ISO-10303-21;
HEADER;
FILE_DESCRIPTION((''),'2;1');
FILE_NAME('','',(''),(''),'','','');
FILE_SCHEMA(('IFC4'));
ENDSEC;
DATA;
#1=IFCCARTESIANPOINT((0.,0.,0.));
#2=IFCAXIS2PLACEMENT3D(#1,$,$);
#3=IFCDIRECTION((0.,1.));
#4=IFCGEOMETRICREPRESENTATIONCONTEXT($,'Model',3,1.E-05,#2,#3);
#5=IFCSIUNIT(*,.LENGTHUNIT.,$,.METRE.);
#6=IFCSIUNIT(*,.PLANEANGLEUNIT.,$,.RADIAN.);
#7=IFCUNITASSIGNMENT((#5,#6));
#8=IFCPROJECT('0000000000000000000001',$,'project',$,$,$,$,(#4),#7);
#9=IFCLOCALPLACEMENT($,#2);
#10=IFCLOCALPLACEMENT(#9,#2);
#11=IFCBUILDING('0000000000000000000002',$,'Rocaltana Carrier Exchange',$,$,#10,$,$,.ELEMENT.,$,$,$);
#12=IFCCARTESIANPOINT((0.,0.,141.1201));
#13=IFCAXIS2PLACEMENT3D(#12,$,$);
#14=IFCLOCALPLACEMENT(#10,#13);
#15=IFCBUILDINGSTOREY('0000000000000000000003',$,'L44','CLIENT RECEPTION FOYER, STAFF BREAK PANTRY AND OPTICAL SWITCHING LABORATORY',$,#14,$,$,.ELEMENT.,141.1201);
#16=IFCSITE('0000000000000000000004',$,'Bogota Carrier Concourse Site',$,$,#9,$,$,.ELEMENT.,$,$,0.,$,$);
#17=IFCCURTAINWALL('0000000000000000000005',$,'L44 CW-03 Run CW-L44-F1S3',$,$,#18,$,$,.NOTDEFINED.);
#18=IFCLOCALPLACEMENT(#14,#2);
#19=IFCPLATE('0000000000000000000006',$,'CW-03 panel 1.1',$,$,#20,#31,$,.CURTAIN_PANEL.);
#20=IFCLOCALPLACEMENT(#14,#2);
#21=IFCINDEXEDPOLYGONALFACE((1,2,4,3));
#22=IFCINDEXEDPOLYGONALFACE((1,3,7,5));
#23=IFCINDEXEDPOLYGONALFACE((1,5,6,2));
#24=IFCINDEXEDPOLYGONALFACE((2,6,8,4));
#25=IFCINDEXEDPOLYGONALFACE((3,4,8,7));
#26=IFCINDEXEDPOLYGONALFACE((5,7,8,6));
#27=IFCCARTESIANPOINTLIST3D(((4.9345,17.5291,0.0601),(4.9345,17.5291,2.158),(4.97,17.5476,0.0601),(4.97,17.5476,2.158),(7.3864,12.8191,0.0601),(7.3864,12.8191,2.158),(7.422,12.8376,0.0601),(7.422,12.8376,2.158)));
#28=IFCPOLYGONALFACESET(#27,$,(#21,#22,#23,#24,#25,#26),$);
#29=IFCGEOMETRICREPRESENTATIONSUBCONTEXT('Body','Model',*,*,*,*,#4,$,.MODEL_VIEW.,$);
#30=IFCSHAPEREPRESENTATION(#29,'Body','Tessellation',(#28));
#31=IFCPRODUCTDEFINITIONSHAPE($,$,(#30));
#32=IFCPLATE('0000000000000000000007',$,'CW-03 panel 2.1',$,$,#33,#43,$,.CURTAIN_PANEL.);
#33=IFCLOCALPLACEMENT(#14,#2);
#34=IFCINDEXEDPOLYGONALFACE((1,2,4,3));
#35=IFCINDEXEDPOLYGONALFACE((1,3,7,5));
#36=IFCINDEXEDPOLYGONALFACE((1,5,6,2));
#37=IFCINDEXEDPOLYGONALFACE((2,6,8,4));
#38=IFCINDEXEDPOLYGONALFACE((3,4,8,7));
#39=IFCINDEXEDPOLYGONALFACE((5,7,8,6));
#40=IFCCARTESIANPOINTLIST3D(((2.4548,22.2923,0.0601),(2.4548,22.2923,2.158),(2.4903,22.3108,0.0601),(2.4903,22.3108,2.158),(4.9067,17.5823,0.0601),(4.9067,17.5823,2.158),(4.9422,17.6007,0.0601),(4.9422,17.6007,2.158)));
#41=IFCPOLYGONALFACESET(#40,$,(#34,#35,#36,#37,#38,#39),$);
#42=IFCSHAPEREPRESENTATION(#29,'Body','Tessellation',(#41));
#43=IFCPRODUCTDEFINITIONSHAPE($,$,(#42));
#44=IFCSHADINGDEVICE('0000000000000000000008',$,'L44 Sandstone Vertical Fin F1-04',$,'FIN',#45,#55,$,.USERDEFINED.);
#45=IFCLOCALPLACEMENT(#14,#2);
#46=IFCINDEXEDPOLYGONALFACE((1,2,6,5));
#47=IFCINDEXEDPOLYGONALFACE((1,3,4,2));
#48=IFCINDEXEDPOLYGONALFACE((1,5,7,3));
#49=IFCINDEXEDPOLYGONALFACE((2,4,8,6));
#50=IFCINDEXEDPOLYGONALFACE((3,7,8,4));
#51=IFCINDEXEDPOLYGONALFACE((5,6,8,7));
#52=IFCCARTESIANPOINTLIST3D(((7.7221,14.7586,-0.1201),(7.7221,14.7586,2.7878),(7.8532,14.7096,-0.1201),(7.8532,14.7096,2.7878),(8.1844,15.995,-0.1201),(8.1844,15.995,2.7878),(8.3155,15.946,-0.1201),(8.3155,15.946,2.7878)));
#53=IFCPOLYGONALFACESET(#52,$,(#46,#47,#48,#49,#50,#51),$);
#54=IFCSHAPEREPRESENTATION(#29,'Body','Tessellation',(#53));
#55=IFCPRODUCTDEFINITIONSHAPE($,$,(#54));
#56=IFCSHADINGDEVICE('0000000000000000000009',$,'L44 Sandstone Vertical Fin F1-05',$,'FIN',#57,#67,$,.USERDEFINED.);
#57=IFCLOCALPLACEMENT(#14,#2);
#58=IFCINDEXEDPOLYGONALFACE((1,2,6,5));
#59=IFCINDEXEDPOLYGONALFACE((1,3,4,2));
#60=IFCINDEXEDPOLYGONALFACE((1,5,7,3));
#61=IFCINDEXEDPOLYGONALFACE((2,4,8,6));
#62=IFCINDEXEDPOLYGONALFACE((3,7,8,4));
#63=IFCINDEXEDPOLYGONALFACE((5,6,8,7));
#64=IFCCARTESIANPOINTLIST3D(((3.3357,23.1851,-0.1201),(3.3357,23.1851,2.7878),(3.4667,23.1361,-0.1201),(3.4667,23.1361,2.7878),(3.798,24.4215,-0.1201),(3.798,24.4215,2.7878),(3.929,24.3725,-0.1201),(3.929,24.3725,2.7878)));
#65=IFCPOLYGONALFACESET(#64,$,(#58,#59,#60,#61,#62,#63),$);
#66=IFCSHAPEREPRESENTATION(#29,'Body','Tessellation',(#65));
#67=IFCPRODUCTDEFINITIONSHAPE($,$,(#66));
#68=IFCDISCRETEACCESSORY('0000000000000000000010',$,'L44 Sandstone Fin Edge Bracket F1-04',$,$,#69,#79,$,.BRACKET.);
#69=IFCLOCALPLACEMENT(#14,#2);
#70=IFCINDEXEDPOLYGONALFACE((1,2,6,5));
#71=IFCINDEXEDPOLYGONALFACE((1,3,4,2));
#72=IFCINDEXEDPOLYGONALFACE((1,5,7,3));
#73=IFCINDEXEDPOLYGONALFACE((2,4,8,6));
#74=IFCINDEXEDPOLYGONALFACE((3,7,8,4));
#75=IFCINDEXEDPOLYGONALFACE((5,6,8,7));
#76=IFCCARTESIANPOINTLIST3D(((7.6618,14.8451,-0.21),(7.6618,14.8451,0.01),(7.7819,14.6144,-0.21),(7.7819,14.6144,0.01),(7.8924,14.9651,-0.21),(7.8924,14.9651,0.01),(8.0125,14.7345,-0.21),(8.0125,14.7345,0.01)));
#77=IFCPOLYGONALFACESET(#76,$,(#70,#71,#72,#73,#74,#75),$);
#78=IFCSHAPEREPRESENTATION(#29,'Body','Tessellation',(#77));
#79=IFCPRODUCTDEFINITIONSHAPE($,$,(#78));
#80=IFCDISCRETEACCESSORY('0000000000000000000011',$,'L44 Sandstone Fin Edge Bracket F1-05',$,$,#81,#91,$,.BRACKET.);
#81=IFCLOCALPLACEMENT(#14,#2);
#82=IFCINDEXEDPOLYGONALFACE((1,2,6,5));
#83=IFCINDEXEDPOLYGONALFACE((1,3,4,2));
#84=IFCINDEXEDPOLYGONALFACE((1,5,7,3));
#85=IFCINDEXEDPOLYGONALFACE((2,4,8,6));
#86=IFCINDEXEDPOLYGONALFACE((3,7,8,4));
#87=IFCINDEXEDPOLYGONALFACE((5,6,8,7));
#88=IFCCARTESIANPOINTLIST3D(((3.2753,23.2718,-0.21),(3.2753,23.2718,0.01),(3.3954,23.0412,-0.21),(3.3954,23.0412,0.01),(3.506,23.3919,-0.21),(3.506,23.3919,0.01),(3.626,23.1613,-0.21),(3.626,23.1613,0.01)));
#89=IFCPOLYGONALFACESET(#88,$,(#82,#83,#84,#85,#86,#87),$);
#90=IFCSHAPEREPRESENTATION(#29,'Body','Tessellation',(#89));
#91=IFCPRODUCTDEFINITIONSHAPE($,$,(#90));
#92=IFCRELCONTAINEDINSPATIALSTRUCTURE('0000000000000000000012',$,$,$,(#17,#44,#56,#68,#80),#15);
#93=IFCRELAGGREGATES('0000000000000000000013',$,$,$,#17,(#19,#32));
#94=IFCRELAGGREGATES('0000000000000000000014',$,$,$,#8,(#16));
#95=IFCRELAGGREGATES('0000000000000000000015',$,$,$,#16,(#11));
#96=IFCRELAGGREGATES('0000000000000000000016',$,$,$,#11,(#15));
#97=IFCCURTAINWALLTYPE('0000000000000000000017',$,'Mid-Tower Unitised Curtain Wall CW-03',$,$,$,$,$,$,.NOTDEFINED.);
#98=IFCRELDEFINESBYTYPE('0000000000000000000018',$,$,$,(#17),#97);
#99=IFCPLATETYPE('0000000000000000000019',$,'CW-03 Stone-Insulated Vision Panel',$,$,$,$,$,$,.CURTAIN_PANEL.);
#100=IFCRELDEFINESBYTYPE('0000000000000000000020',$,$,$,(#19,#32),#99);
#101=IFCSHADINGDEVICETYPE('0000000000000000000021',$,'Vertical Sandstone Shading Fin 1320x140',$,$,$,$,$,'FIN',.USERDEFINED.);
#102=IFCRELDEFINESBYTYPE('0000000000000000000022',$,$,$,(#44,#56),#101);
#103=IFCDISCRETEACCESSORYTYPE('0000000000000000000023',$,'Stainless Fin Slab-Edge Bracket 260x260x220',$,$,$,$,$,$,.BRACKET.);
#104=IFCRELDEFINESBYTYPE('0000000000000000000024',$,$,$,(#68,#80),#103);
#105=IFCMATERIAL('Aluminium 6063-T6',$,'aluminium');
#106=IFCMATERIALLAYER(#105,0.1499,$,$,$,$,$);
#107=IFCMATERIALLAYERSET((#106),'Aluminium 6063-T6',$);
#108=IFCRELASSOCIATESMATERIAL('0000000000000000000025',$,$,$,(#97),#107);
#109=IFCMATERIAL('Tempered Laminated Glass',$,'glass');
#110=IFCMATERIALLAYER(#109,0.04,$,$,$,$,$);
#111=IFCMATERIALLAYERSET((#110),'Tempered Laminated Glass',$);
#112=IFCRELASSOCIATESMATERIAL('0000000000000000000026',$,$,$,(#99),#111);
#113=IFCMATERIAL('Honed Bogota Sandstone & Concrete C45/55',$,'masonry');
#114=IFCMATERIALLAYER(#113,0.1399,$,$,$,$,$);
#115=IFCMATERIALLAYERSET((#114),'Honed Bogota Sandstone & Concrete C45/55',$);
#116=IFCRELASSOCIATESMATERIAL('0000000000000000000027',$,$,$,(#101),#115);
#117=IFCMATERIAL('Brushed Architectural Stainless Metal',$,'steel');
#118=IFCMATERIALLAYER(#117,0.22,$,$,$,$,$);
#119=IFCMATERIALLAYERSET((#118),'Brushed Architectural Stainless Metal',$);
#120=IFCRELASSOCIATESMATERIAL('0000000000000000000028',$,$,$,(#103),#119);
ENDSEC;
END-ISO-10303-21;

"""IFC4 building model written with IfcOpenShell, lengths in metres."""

from ifc_helpers import new_model, si_unit, direction, frame, origin, origin_2d, place, context, subcontext, project, spatial, rectangle, extrude, material, layer, layer_set, type_object, element, aggregate, save


model = new_model("IFC4")

# Units and contexts
model_context = context("Model", 3, precision=1e-05, world=origin(), true_north=direction((0.0, 1.0)))
body_context = subcontext(model_context, "Body", "Model", "MODEL_VIEW")
ifc_project = project(units=[si_unit("LENGTHUNIT", "METRE"), si_unit("PLANEANGLEUNIT", "RADIAN")], contexts=[model_context])

# Site, building, storey
site_placement = place(None, origin())
site = spatial("IfcSite", under=ifc_project, at=site_placement, Name="Bogota Carrier Concourse Site", CompositionType="ELEMENT", RefElevation=0.0)
building_placement = place(site_placement, origin())
building = spatial("IfcBuilding", under=site, at=building_placement, Name="Rocaltana Carrier Exchange", CompositionType="ELEMENT")
storey_placement = place(building_placement, frame((0.0, 0.0, 141.1201)))
storey = spatial("IfcBuildingStorey", under=building, at=storey_placement, Name="L44", Description="CLIENT RECEPTION FOYER, STAFF BREAK PANTRY AND OPTICAL SWITCHING LABORATORY", CompositionType="ELEMENT", Elevation=141.1201)

# Curtain wall
ifc_material_1 = material(Name="Aluminium 6063-T6", Category="aluminium")
ifc_layer_1 = layer(ifc_material_1, 0.1499)
ifc_layer_set_1 = layer_set([ifc_layer_1], Name="Aluminium 6063-T6")
curtain_wall_type = type_object("IfcCurtainWallType", Name="Mid-Tower Unitised Curtain Wall CW-03", PredefinedType="NOTDEFINED", material=ifc_layer_set_1)
curtain_wall_placement = place(storey_placement, origin())
curtain_wall = element("IfcCurtainWall", 1, at=curtain_wall_placement, inside=storey, type_object=curtain_wall_type, Name="L44 CW-03 Run CW-L44-F1S3", PredefinedType="NOTDEFINED")

# Plates
ifc_material_2 = material(Name="Tempered Laminated Glass", Category="glass")
ifc_layer_2 = layer(ifc_material_2, 0.04)
ifc_layer_set_2 = layer_set([ifc_layer_2], Name="Tempered Laminated Glass")
plate_type = type_object("IfcPlateType", Name="CW-03 Stone-Insulated Vision Panel", PredefinedType="CURTAIN_PANEL", material=ifc_layer_set_2)
plate_1_placement = place(storey_placement, frame((6.1782, 15.1833, 0.0601), z_axis=(0.0, 0.0, 1.0), x_axis=(-0.461754, 0.887008, 0.0)))
plate_1 = element("IfcPlate", 2, at=plate_1_placement, type_object=plate_type, Name="CW-03 panel 1.1", PredefinedType="CURTAIN_PANEL", context=body_context, shape_type="SweptSolid", body=[
    extrude(rectangle(XDim=5.3101, YDim=0.04, at=origin_2d()), origin(), (0.0, 0.0, 1.0), 2.0979),
])
plate_2_placement = place(storey_placement, frame((3.6985, 19.9465, 0.0601), z_axis=(0.0, 0.0, 1.0), x_axis=(-0.461754, 0.887008, 0.0)))
plate_2 = element("IfcPlate", 3, at=plate_2_placement, type_object=plate_type, Name="CW-03 panel 2.1", PredefinedType="CURTAIN_PANEL", context=body_context, shape_type="SweptSolid", body=[
    extrude(rectangle(XDim=5.3101, YDim=0.04, at=origin_2d()), origin(), (0.0, 0.0, 1.0), 2.0979),
])
aggregate(curtain_wall, [plate_1, plate_2])

# Shading devices
ifc_material_3 = material(Name="Honed Bogota Sandstone & Concrete C45/55", Category="masonry")
ifc_layer_3 = layer(ifc_material_3, 0.1399)
ifc_layer_set_3 = layer_set([ifc_layer_3], Name="Honed Bogota Sandstone & Concrete C45/55")
shading_device_type = type_object("IfcShadingDeviceType", Name="Vertical Sandstone Shading Fin 1320x140", ElementType="FIN", PredefinedType="USERDEFINED", material=ifc_layer_set_3)
for number, where, z_axis, x_axis, name in (
    (4, (8.0188, 15.3523, -0.1201), (0.0, 0.0, 1.0), (0.350207, 0.936672, 0.0), "L44 Sandstone Vertical Fin F1-04"),
    (5, (3.6323, 23.7788, -0.1201), (0.0, 0.0, 1.0), (0.350207, 0.936672, 0.0), "L44 Sandstone Vertical Fin F1-05"),
):
    element("IfcShadingDevice", number, at=place(storey_placement, frame(where, z_axis=z_axis, x_axis=x_axis)), inside=storey, type_object=shading_device_type, Name=name, ObjectType="FIN", PredefinedType="USERDEFINED", context=body_context, shape_type="SweptSolid", body=[
        extrude(rectangle(XDim=1.3201, YDim=0.1399, at=origin_2d()), origin(), (0.0, 0.0, 1.0), 2.908),
    ])

# Discrete accessories
ifc_material_4 = material(Name="Brushed Architectural Stainless Metal", Category="steel")
ifc_layer_4 = layer(ifc_material_4, 0.22)
ifc_layer_set_4 = layer_set([ifc_layer_4], Name="Brushed Architectural Stainless Metal")
discrete_accessory_type = type_object("IfcDiscreteAccessoryType", Name="Stainless Fin Slab-Edge Bracket 260x260x220", PredefinedType="BRACKET", material=ifc_layer_set_4)
for number, where, z_axis, x_axis, name in (
    (6, (7.8372, 14.7898, -0.21), (0.0, 0.0, 1.0), (-0.461749, 0.887011, 0.0), "L44 Sandstone Fin Edge Bracket F1-04"),
    (7, (3.4507, 23.2166, -0.21), (0.0, 0.0, 1.0), (-0.461749, 0.887011, 0.0), "L44 Sandstone Fin Edge Bracket F1-05"),
):
    element("IfcDiscreteAccessory", number, at=place(storey_placement, frame(where, z_axis=z_axis, x_axis=x_axis)), inside=storey, type_object=discrete_accessory_type, Name=name, PredefinedType="BRACKET", context=body_context, shape_type="SweptSolid", body=[
        extrude(rectangle(XDim=0.26, YDim=0.26, at=origin_2d()), origin(), (0.0, 0.0, 1.0), 0.22),
    ])

save(model, "model.ifc")
